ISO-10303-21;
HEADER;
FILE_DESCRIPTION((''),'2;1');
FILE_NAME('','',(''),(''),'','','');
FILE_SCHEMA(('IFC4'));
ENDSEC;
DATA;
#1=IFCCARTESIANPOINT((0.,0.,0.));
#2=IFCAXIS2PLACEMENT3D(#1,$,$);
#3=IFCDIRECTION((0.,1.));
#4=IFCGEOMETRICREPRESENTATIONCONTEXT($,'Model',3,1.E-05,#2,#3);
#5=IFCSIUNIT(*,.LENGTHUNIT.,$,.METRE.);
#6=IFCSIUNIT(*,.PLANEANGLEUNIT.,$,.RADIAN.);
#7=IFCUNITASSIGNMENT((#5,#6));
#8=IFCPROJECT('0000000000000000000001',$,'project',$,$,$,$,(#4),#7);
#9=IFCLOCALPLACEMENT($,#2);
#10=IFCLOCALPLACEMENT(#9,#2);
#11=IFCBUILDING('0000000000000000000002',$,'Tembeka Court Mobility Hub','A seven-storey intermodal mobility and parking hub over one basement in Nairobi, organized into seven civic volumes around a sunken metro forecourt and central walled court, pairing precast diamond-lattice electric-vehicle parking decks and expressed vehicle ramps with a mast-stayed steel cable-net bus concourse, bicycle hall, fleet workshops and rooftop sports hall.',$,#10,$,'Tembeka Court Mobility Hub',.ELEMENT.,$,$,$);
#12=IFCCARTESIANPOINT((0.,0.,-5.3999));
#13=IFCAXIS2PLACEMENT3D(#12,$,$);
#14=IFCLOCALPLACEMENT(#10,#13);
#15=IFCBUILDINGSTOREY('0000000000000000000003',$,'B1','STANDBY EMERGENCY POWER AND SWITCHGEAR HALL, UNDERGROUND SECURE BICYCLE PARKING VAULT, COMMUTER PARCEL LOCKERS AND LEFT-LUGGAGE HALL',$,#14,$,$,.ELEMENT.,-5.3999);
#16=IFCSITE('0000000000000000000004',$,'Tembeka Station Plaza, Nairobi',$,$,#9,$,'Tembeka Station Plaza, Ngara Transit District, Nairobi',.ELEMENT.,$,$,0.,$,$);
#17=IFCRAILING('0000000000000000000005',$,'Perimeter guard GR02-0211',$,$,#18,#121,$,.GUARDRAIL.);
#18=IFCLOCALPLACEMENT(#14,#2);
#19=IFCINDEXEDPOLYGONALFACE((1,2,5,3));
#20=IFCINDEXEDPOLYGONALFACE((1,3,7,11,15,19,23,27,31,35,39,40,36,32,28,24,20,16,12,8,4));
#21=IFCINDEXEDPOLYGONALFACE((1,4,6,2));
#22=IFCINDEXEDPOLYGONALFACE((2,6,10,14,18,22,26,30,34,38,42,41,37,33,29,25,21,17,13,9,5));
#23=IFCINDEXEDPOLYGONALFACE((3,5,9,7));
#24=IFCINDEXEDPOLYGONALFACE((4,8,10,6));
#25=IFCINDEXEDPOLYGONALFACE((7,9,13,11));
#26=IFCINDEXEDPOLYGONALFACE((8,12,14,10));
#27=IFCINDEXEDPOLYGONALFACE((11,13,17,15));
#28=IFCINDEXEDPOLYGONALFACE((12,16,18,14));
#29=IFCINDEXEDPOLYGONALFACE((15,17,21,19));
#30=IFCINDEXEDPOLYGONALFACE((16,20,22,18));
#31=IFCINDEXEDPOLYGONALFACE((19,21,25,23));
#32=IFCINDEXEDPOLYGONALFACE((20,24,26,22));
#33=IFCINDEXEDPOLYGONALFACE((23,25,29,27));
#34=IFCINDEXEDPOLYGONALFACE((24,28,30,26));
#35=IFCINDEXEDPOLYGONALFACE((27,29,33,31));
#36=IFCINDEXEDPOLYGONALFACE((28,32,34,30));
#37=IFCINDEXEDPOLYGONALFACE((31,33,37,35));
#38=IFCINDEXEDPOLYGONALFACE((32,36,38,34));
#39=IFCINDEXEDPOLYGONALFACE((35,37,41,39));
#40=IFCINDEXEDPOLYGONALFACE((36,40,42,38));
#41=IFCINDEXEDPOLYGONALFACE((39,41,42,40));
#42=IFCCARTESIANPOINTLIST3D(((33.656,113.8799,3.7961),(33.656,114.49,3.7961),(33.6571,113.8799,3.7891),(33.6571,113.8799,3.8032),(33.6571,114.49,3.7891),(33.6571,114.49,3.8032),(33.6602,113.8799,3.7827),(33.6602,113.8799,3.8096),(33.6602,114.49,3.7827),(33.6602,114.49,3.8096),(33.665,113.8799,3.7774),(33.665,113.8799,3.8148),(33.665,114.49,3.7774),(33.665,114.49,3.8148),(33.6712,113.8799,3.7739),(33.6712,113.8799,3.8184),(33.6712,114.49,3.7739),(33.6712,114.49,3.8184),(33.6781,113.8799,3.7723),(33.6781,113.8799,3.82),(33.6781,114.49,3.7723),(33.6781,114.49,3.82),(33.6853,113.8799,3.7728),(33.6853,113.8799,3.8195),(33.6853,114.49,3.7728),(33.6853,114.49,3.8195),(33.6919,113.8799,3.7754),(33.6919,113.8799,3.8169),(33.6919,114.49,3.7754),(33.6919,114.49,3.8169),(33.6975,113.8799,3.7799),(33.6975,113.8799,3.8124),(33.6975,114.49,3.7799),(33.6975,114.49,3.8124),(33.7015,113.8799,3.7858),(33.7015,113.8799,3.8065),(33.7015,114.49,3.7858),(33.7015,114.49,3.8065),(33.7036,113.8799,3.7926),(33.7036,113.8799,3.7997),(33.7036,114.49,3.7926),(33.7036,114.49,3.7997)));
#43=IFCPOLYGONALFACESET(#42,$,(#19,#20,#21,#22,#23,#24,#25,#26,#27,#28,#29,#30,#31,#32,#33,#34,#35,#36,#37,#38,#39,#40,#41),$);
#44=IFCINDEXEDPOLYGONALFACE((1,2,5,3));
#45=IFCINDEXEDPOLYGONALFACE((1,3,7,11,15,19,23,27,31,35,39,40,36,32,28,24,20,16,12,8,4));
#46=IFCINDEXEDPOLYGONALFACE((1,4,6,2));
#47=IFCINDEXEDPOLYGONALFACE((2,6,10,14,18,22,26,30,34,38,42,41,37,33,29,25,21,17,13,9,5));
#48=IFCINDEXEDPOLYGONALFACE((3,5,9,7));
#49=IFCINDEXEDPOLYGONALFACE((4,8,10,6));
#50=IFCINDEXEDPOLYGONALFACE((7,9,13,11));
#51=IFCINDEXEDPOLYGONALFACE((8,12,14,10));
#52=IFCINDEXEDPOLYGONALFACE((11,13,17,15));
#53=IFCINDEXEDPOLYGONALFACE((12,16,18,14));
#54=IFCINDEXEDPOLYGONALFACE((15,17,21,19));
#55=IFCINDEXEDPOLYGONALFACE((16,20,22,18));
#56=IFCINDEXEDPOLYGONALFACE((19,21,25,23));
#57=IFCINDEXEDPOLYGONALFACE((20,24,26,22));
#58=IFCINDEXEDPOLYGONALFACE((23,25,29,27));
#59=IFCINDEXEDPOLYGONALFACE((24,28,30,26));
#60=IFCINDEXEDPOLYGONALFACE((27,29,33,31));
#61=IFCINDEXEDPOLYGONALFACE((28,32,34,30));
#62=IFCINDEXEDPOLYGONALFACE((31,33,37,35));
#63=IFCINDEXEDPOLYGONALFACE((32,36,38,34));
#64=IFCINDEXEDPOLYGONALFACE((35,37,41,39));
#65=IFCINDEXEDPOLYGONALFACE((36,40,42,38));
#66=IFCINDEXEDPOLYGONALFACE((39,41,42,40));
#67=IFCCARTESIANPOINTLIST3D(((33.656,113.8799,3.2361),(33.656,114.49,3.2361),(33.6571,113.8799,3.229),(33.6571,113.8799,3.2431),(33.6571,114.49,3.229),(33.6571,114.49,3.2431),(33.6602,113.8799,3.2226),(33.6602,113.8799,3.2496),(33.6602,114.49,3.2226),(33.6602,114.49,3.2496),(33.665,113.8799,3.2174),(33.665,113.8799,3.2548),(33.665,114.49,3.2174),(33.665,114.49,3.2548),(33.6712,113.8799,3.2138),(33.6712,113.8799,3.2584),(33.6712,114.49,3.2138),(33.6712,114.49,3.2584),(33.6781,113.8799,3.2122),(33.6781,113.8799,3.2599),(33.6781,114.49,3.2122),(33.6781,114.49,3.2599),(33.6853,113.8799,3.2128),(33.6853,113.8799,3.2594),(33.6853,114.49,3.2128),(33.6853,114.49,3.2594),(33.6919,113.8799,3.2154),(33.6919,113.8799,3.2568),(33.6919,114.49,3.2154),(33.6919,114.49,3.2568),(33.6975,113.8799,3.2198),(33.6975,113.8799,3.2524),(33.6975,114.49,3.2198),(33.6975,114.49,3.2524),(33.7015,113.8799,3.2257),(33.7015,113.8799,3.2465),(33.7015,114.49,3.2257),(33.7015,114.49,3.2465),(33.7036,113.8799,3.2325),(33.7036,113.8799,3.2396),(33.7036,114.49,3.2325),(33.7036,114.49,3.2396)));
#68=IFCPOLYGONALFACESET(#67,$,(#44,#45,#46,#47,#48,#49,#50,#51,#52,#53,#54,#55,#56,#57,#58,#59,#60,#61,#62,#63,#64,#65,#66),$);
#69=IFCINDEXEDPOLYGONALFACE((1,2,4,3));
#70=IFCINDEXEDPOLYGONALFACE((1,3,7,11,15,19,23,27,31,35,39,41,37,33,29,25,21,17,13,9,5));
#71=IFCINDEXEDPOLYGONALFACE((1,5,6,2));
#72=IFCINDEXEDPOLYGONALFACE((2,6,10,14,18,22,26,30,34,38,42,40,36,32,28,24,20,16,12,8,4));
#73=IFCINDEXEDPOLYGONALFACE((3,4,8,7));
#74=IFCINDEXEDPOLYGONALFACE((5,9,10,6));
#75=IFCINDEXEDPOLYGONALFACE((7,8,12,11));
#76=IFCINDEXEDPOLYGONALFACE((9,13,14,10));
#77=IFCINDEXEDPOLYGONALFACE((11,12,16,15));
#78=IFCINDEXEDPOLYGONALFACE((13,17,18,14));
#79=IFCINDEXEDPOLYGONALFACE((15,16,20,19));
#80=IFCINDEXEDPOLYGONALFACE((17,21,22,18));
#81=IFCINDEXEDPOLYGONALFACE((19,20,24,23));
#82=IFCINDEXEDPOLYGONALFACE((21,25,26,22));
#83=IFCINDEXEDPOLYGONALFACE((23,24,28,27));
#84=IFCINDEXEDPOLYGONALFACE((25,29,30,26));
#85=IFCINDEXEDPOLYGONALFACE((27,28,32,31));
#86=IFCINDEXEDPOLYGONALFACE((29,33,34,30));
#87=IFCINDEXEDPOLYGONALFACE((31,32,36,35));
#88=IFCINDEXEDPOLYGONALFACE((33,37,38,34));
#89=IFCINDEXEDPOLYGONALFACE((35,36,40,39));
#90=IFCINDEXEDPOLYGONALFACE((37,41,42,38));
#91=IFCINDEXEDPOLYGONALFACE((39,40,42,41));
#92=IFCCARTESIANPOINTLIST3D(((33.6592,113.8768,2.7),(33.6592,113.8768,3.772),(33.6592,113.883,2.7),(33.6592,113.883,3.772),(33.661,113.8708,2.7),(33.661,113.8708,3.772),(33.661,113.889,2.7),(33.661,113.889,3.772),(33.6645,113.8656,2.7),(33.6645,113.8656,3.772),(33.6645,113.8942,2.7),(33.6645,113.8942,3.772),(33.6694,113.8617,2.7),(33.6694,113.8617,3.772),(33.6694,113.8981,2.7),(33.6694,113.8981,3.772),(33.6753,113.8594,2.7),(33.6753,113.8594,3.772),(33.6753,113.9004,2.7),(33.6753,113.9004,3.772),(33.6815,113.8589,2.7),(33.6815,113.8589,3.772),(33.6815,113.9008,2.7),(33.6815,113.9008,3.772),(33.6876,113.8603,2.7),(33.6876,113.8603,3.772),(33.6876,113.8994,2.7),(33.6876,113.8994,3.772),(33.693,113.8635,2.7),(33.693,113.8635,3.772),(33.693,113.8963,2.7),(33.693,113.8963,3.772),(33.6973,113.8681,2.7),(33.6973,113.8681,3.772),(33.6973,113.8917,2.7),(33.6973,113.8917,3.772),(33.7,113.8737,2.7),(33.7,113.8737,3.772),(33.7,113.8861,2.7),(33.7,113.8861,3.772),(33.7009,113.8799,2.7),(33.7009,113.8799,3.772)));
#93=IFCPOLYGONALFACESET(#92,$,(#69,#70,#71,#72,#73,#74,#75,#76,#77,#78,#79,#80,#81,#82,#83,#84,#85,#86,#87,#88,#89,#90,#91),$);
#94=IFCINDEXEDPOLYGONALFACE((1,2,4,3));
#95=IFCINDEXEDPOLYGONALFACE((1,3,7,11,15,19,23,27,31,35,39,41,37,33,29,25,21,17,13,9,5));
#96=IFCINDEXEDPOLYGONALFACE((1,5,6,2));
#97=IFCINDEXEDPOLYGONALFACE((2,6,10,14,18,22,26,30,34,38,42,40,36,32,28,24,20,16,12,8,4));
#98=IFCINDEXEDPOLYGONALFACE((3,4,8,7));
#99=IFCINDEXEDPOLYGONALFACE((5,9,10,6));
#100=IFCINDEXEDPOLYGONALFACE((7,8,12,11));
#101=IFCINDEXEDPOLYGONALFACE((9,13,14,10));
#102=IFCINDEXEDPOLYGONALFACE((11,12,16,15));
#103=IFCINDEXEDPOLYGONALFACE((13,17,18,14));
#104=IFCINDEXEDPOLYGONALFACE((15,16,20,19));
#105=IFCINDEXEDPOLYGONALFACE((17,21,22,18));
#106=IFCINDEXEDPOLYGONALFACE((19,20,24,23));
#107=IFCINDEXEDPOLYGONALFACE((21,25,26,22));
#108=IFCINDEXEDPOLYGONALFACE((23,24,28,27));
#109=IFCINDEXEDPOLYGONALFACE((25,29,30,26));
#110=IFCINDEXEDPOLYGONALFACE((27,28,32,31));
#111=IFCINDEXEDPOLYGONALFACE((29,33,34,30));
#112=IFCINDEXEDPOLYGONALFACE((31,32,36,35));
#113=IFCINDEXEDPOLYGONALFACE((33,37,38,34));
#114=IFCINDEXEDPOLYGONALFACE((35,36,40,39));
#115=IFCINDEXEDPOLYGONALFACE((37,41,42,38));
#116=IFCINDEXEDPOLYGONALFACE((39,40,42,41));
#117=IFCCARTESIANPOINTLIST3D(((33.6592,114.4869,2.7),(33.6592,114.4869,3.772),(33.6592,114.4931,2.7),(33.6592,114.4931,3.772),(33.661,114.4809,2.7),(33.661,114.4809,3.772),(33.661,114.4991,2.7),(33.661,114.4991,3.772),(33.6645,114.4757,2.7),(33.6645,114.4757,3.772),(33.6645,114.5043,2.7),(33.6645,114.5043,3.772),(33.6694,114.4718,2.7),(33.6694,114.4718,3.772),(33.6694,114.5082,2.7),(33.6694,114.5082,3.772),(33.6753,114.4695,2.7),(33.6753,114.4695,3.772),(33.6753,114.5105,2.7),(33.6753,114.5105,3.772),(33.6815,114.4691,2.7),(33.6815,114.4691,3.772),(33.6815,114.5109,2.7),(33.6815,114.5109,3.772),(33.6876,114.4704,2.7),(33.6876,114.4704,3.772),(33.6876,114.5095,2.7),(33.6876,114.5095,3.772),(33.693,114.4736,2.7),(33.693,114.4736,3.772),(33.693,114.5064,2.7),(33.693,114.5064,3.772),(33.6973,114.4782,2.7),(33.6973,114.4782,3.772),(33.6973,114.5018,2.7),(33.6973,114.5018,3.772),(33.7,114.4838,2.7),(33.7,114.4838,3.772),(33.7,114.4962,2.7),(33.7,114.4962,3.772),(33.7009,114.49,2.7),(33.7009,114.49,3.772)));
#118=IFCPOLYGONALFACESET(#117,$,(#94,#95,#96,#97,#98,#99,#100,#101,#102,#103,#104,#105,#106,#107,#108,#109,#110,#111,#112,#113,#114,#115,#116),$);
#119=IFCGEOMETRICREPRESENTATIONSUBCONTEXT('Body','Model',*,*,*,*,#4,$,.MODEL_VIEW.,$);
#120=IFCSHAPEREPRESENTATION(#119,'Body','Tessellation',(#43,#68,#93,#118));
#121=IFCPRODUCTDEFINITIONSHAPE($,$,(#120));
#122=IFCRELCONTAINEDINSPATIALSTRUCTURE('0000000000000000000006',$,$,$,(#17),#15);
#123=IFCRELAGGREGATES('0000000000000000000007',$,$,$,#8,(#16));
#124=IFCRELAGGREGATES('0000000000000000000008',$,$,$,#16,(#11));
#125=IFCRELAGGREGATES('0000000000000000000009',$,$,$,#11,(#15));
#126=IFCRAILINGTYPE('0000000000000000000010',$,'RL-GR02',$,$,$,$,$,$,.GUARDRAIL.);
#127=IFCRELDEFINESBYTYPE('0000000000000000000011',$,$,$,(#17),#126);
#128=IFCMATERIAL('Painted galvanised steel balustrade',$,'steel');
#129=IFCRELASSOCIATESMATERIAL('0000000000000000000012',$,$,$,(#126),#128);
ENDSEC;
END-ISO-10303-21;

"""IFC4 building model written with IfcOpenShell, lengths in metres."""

from ifc_helpers import new_model, si_unit, direction, frame, origin, origin_2d, place, context, subcontext, project, spatial, circle, extrude, material, type_object, element, save


model = new_model("IFC4")

# Units and contexts
model_context = context("Model", 3, precision=1e-05, world=origin(), true_north=direction((0.0, 1.0)))
body_context = subcontext(model_context, "Body", "Model", "MODEL_VIEW")
ifc_project = project(units=[si_unit("LENGTHUNIT", "METRE"), si_unit("PLANEANGLEUNIT", "RADIAN")], contexts=[model_context])

# Site, building, storey
site_placement = place(None, origin())
site = spatial("IfcSite", under=ifc_project, at=site_placement, Name="Tembeka Station Plaza, Nairobi", LongName="Tembeka Station Plaza, Ngara Transit District, Nairobi", CompositionType="ELEMENT", RefElevation=0.0)
building_placement = place(site_placement, origin())
building = spatial("IfcBuilding", under=site, at=building_placement, Name="Tembeka Court Mobility Hub", Description="A seven-storey intermodal mobility and parking hub over one basement in Nairobi, organized into seven civic volumes around a sunken metro forecourt and central walled court, pairing precast diamond-lattice electric-vehicle parking decks and expressed vehicle ramps with a mast-stayed steel cable-net bus concourse, bicycle hall, fleet workshops and rooftop sports hall.", LongName="Tembeka Court Mobility Hub", CompositionType="ELEMENT")
storey_placement = place(building_placement, frame((0.0, 0.0, -5.3999)))
storey = spatial("IfcBuildingStorey", under=building, at=storey_placement, Name="B1", Description="STANDBY EMERGENCY POWER AND SWITCHGEAR HALL, UNDERGROUND SECURE BICYCLE PARKING VAULT, COMMUTER PARCEL LOCKERS AND LEFT-LUGGAGE HALL", CompositionType="ELEMENT", Elevation=-5.3999)

# Railing
ifc_material_1 = material(Name="Painted galvanised steel balustrade", Category="steel")
railing_type = type_object("IfcRailingType", Name="RL-GR02", PredefinedType="GUARDRAIL", material=ifc_material_1)
railing_1_placement = place(storey_placement, frame((33.6799, 113.8799, 2.7)))
element("IfcRailing", 1, at=railing_1_placement, inside=storey, type_object=railing_type, Name="Perimeter guard GR02-0211", PredefinedType="GUARDRAIL", context=body_context, shape_type="SweptSolid", body=[
    extrude(circle(Radius=0.0239, at=origin_2d()), frame((0.0, 0.0, 1.0962), z_axis=(0.0, 1.0, 0.0), x_axis=(-1.0, 0.0, 0.0)), (0.0, 0.0, 1.0), 0.6101),
    extrude(circle(Radius=0.0239, at=origin_2d()), frame((0.0, 0.0, 0.5361), z_axis=(0.0, 1.0, 0.0), x_axis=(-1.0, 0.0, 0.0)), (0.0, 0.0, 1.0), 0.6101),
    extrude(circle(Radius=0.021, at=origin_2d()), origin(), (0.0, 0.0, 1.0), 1.072),
    extrude(circle(Radius=0.021, at=origin_2d()), frame((0.0, 0.6101, 0.0)), (0.0, 0.0, 1.0), 1.072),
])

save(model, "model.ifc")
